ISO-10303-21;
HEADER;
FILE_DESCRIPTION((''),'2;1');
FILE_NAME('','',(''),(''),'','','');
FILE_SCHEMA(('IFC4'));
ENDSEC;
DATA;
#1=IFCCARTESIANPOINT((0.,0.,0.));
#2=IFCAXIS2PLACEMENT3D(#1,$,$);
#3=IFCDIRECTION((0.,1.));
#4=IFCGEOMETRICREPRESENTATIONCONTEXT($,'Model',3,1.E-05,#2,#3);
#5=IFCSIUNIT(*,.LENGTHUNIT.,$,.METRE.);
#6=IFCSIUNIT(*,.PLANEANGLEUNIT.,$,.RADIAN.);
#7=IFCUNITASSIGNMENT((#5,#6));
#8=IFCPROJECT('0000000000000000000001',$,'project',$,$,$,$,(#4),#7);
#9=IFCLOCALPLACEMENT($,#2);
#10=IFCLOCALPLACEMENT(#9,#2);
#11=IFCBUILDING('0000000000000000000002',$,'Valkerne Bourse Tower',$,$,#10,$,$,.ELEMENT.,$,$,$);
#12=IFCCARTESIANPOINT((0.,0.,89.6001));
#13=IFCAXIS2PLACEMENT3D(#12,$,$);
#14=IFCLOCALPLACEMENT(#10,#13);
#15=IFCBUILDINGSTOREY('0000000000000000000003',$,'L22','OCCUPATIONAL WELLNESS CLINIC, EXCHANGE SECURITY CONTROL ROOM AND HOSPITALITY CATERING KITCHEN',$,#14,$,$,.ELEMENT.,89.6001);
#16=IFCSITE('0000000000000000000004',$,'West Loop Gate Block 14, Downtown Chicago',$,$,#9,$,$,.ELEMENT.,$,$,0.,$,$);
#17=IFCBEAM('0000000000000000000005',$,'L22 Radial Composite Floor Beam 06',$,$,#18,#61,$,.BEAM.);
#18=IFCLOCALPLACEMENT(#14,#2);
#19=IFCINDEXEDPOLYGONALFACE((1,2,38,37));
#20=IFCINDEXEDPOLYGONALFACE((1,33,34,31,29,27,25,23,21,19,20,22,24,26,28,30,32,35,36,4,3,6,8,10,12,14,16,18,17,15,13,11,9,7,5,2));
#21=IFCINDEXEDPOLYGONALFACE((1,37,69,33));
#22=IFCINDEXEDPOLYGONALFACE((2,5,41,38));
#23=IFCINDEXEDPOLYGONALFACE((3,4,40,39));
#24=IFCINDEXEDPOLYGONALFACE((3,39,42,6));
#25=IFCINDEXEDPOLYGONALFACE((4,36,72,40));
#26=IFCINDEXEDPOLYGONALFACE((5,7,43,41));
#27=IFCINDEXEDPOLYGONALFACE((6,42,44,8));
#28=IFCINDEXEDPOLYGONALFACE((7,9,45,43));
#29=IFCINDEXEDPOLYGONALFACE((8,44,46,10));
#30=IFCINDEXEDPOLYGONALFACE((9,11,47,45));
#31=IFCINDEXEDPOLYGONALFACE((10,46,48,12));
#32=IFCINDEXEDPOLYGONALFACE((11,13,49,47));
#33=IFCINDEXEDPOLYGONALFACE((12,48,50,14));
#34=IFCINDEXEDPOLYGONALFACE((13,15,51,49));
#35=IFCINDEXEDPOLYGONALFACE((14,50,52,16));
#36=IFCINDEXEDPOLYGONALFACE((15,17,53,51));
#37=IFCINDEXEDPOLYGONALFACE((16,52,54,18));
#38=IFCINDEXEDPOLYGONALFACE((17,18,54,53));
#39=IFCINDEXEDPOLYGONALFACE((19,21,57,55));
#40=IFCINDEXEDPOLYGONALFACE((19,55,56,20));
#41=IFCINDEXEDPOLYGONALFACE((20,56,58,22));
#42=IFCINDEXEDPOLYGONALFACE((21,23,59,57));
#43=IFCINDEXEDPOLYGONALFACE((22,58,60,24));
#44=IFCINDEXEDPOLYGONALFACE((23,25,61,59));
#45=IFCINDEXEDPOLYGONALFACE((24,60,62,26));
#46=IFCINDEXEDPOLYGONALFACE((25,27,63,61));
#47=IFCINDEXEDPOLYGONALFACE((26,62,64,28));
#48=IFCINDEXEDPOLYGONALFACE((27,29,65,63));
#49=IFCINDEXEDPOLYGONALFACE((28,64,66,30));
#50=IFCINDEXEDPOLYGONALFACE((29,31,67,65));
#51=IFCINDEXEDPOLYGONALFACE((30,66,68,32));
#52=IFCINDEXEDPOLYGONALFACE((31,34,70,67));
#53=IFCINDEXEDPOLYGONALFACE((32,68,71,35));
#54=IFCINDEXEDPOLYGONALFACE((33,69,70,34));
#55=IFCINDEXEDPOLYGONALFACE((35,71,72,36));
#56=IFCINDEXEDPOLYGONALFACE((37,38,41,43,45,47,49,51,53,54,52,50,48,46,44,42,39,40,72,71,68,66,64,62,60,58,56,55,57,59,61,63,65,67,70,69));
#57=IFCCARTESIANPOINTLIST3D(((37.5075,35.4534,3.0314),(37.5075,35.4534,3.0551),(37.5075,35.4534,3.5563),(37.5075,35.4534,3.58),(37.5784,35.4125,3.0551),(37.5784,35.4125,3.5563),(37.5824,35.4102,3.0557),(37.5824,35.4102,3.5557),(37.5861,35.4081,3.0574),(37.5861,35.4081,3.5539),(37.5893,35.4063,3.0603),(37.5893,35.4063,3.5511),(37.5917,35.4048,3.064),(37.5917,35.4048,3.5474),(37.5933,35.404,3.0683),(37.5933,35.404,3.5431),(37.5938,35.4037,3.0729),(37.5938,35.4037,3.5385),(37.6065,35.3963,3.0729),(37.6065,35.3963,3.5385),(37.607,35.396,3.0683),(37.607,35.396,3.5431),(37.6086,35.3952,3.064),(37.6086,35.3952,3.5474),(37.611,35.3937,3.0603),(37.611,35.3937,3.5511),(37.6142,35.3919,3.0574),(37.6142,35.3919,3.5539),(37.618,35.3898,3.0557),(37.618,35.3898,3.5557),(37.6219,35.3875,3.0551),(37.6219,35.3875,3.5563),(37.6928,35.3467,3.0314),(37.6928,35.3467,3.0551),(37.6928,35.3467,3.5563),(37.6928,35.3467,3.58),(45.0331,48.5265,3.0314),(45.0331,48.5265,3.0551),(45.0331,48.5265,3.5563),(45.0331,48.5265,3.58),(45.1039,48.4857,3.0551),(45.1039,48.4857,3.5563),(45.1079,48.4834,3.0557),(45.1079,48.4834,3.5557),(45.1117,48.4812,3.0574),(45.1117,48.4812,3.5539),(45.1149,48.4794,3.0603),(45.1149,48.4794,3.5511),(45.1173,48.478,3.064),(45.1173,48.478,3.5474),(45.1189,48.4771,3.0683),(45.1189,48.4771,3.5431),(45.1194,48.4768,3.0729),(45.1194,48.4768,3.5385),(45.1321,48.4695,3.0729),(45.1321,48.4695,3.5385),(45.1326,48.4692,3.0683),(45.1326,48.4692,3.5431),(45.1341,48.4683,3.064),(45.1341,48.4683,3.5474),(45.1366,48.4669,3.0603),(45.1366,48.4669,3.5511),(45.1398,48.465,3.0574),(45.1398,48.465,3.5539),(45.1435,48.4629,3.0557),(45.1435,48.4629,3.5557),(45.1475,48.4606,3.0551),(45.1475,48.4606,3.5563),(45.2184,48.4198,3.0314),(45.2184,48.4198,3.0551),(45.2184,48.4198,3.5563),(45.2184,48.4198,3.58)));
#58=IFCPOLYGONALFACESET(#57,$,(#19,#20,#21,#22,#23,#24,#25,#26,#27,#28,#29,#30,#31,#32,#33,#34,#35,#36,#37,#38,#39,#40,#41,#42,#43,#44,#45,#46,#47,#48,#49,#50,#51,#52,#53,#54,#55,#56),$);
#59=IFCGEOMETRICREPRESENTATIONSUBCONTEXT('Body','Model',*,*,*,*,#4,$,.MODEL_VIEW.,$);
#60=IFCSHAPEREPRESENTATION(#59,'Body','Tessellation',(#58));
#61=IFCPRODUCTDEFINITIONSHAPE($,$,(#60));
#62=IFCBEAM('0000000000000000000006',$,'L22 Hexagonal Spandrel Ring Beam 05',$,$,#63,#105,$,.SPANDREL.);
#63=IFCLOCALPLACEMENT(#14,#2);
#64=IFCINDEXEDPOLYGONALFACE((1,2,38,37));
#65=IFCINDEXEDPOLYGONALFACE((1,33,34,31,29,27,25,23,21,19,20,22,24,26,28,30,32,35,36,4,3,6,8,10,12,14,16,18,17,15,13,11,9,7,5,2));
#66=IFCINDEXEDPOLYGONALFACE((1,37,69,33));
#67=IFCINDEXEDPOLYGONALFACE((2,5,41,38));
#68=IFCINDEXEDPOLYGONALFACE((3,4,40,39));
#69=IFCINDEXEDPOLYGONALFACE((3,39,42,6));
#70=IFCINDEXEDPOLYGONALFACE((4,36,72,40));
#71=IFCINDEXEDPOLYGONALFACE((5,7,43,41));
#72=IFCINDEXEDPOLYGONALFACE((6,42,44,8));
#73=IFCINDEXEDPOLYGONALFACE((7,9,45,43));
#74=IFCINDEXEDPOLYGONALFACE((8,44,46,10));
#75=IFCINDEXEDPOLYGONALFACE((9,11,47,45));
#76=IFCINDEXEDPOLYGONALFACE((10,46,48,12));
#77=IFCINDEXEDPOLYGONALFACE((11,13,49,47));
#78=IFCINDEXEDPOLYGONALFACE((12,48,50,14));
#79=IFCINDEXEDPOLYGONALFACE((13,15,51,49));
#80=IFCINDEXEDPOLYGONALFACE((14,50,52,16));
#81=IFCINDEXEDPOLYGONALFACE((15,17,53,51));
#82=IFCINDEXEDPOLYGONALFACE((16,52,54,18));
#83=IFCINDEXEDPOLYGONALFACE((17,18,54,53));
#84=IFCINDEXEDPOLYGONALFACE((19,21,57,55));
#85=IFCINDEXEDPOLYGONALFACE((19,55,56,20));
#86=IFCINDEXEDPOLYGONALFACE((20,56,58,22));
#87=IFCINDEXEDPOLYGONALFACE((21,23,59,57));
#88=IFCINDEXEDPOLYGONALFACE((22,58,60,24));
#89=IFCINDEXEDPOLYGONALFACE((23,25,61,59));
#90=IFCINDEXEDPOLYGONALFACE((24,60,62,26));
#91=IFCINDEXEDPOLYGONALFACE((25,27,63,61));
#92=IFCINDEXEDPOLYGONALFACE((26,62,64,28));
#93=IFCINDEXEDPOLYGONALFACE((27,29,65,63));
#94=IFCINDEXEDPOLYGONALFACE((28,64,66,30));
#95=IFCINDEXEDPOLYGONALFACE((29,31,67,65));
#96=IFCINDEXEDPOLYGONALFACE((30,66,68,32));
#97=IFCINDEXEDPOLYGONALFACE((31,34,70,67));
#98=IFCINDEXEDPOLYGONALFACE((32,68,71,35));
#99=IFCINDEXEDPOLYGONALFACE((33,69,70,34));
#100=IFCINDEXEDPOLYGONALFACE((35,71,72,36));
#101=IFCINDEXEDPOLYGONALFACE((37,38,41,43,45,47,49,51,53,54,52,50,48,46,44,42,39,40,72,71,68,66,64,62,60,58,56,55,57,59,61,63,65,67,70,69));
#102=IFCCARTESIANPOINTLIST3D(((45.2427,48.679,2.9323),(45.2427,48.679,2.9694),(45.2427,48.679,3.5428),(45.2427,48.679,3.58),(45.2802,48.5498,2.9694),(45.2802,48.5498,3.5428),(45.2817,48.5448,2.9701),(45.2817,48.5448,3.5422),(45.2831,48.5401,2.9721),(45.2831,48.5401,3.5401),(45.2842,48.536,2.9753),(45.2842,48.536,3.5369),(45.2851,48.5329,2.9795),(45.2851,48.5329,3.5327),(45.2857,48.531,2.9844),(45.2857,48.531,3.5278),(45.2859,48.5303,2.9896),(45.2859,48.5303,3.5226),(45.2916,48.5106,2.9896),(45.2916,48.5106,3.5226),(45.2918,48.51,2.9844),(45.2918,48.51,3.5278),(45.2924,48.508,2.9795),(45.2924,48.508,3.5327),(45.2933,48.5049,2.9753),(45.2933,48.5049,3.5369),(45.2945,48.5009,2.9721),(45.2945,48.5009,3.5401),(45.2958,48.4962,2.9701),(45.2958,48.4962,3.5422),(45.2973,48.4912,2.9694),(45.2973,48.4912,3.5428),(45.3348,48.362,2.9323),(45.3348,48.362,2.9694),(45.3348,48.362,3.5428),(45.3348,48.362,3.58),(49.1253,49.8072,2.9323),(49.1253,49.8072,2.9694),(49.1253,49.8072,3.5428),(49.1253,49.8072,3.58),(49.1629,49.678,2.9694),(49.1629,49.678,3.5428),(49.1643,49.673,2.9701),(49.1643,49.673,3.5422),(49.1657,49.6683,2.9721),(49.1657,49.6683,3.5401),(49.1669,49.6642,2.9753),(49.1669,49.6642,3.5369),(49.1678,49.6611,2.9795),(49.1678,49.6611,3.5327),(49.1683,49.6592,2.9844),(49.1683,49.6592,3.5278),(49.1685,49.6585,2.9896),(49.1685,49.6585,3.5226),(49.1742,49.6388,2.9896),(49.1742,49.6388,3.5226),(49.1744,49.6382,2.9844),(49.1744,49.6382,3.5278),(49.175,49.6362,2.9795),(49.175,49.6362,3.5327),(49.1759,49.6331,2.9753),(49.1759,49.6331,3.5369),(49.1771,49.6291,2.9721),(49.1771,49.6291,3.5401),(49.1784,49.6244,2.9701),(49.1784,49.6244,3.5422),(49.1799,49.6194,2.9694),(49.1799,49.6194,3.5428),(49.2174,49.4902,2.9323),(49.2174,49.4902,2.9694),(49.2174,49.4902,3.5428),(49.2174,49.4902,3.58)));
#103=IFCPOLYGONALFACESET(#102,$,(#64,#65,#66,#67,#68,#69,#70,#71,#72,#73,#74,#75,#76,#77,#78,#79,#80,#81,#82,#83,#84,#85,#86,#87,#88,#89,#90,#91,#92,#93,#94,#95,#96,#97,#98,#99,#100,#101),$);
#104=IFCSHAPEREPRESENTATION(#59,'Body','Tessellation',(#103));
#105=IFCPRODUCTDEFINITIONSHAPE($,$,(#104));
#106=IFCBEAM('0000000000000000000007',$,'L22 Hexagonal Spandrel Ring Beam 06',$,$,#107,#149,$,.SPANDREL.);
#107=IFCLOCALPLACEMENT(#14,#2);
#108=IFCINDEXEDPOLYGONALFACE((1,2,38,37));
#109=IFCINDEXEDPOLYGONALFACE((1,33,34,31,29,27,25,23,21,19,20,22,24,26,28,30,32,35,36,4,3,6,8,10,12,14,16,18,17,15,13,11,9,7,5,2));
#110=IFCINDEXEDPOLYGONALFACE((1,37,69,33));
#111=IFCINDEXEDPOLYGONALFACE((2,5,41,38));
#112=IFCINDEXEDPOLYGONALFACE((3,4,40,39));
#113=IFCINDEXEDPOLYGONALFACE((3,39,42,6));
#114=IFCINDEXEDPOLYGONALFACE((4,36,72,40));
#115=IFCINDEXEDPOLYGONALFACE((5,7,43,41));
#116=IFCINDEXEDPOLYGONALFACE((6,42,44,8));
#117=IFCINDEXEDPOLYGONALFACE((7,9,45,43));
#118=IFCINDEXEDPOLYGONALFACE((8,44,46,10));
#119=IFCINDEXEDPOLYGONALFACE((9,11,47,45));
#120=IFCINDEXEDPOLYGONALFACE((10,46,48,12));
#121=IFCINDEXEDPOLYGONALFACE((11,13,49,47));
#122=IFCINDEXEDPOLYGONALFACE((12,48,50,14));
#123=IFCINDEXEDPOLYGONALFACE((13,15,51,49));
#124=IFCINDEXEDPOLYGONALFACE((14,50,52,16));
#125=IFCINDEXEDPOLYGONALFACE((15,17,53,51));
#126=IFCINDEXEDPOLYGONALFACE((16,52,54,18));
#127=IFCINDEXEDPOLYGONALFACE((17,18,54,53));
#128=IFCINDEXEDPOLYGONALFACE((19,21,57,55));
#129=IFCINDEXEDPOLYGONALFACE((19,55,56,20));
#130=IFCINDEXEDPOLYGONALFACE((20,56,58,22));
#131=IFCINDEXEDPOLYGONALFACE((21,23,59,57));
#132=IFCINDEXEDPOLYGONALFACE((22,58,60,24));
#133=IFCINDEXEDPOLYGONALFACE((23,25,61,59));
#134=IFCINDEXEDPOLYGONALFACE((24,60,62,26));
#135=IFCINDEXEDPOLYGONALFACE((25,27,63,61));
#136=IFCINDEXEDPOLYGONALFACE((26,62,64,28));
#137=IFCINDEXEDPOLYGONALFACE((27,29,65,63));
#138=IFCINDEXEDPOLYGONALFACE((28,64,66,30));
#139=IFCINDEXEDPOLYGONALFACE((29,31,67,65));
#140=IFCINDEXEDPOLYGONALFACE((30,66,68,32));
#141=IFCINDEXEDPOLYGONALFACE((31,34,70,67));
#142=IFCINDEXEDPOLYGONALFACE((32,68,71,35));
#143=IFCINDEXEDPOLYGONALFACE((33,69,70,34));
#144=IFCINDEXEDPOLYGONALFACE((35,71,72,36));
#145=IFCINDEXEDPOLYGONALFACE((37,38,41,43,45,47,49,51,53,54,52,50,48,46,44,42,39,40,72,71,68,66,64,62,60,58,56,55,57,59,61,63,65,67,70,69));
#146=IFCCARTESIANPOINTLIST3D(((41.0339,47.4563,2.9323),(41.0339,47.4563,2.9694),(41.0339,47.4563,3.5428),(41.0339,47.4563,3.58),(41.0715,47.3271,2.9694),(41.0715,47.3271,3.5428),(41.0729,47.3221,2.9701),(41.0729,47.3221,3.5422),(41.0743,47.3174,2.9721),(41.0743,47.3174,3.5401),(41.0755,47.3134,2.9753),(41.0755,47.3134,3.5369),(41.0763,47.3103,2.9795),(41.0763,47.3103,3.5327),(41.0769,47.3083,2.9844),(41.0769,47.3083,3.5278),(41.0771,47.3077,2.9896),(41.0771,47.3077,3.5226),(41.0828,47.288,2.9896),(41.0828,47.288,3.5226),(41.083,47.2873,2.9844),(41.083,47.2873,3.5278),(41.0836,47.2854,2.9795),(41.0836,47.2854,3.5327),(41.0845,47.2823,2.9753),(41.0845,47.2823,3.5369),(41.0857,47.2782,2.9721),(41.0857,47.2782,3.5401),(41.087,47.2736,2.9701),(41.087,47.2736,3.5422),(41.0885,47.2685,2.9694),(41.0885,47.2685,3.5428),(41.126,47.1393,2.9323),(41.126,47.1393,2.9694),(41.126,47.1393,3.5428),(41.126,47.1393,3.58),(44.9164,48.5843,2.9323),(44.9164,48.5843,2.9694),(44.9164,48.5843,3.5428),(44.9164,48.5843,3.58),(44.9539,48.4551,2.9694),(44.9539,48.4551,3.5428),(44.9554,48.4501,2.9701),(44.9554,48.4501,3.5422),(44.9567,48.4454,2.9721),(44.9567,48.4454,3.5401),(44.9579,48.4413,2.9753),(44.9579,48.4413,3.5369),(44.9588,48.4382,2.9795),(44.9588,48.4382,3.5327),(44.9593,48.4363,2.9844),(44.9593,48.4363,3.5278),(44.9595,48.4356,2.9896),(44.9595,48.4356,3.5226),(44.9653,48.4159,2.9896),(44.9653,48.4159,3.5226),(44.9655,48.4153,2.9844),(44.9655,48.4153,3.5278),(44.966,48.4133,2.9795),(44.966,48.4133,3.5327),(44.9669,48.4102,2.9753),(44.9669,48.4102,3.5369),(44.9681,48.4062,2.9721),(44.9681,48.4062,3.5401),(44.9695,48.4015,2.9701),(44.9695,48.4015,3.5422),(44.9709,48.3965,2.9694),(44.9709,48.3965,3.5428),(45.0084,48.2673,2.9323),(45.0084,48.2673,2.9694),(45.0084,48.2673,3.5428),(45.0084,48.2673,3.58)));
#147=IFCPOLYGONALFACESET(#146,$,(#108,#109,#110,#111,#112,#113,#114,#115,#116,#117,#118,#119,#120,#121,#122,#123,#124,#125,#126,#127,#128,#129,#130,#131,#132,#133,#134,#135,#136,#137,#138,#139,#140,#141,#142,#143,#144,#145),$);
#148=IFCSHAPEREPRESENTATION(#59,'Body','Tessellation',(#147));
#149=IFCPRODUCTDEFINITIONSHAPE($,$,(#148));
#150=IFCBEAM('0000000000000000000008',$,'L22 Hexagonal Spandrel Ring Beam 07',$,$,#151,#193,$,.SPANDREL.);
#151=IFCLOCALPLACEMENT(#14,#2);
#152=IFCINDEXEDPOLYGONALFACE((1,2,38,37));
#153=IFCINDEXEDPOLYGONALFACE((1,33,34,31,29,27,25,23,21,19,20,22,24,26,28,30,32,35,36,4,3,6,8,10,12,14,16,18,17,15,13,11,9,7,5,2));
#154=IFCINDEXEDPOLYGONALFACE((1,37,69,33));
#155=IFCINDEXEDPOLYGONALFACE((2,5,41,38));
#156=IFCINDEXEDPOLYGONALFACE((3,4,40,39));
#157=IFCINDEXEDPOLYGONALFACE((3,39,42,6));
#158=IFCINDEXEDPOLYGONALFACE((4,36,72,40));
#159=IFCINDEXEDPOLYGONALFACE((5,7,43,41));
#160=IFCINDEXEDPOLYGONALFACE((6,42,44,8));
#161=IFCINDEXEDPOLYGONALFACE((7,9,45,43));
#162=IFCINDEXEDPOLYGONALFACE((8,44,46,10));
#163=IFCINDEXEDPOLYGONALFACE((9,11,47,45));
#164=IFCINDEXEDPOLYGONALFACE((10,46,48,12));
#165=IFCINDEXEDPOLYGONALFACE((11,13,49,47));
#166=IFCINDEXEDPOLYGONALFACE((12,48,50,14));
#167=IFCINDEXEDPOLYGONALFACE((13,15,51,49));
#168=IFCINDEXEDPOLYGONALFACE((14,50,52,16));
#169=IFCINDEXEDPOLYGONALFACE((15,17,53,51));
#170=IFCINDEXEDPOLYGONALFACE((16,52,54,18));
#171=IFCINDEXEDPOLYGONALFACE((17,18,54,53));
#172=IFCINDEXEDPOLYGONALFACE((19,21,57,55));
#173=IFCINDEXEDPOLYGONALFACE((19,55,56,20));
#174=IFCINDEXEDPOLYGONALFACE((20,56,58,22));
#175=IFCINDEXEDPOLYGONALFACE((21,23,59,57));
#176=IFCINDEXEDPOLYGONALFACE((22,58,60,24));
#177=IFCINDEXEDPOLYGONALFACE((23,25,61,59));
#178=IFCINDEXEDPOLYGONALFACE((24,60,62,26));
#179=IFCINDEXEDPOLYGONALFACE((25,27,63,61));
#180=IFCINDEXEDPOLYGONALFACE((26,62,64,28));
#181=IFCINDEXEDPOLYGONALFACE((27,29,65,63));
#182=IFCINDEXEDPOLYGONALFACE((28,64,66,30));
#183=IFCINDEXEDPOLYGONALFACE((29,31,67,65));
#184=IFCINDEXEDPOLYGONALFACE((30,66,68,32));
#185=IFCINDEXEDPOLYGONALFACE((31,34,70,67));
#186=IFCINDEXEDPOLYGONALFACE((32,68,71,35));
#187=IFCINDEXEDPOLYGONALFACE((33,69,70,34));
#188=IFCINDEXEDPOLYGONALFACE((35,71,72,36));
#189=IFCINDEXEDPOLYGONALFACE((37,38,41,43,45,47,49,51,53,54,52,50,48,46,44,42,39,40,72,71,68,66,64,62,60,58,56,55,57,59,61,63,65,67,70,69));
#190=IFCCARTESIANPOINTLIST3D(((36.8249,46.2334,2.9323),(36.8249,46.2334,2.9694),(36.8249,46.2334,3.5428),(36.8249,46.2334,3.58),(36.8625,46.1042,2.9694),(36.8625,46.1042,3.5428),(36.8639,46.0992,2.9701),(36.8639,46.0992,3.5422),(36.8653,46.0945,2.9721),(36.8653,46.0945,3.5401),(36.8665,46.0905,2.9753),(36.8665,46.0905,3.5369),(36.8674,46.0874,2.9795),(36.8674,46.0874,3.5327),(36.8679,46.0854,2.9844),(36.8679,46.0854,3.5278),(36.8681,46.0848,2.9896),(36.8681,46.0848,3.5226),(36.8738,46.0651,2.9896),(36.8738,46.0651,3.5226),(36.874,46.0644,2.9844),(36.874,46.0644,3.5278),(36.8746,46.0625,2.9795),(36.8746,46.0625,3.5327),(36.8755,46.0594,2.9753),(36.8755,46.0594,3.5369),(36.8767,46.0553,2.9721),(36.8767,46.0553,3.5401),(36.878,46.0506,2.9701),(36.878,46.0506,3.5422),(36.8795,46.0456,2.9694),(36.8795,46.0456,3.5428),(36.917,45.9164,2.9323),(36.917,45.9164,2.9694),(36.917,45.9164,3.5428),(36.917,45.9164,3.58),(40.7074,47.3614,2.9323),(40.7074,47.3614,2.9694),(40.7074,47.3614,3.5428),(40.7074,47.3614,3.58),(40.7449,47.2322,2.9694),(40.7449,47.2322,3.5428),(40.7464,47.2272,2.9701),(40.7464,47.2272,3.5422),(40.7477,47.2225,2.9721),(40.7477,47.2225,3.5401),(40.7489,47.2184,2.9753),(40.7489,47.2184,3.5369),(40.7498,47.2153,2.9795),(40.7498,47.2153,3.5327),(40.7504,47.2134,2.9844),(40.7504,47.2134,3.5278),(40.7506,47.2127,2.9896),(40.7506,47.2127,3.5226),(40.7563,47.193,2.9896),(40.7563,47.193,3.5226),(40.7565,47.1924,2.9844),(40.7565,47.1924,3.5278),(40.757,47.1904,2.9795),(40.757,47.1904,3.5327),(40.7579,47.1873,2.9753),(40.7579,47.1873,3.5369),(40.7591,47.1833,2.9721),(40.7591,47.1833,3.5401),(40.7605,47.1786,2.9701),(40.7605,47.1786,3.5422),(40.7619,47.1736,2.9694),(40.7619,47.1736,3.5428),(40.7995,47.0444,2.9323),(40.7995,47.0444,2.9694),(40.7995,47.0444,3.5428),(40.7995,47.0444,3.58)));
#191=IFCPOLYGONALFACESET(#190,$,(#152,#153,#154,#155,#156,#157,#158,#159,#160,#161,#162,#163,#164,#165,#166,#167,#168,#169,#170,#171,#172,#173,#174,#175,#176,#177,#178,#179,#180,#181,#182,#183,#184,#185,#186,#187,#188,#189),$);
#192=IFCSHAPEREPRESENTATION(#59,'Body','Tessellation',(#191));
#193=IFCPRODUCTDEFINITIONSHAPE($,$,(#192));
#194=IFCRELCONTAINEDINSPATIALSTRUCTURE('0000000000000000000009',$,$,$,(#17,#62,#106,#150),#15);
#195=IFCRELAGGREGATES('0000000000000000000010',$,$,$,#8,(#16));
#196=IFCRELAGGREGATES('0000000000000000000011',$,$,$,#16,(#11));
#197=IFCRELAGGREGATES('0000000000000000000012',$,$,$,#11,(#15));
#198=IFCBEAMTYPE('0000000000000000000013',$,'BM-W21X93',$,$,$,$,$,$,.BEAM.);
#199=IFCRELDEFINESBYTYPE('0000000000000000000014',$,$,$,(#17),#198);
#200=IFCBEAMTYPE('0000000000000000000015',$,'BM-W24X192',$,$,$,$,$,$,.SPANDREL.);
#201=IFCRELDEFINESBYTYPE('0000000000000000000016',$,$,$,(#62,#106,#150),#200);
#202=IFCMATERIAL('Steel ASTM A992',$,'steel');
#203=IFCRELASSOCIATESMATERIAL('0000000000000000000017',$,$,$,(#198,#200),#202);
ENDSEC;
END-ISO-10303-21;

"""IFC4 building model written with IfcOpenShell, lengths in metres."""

from ifc_helpers import new_model, si_unit, direction, frame, origin, origin_2d, place, context, subcontext, project, spatial, i_section, extrude, material, material_profile, profile_set, type_object, element, save


model = new_model("IFC4")

# Units and contexts
model_context = context("Model", 3, precision=1e-05, world=origin(), true_north=direction((0.0, 1.0)))
body_context = subcontext(model_context, "Body", "Model", "MODEL_VIEW")
ifc_project = project(units=[si_unit("LENGTHUNIT", "METRE"), si_unit("PLANEANGLEUNIT", "RADIAN")], contexts=[model_context])

# Site, building, storey
site_placement = place(None, origin())
site = spatial("IfcSite", under=ifc_project, at=site_placement, Name="West Loop Gate Block 14, Downtown Chicago", CompositionType="ELEMENT", RefElevation=0.0)
building_placement = place(site_placement, origin())
building = spatial("IfcBuilding", under=site, at=building_placement, Name="Valkerne Bourse Tower", CompositionType="ELEMENT")
storey_placement = place(building_placement, frame((0.0, 0.0, 89.6001)))
storey = spatial("IfcBuildingStorey", under=building, at=storey_placement, Name="L22", Description="OCCUPATIONAL WELLNESS CLINIC, EXCHANGE SECURITY CONTROL ROOM AND HOSPITALITY CATERING KITCHEN", CompositionType="ELEMENT", Elevation=89.6001)

# Beams
ifc_material_1 = material(Name="Steel ASTM A992", Category="steel")
ifc_material_profile_1 = material_profile(ifc_material_1, i_section(OverallWidth=0.2139, OverallDepth=0.5486, WebThickness=0.0146, FlangeThickness=0.0237, FilletRadius=0.0178, at=origin_2d()), Name="W21X93")
ifc_profile_set_1 = profile_set([ifc_material_profile_1], Name="Steel ASTM A992")
beam_type_1 = type_object("IfcBeamType", Name="BM-W21X93", PredefinedType="BEAM", material=ifc_profile_set_1)
beam_1_placement = place(storey_placement, frame((45.1257, 48.4731, 3.3057), z_axis=(-0.498896, -0.866662, 0.0), x_axis=(0.866662, -0.498896, 0.0)))
element("IfcBeam", 1, at=beam_1_placement, inside=storey, type_object=beam_type_1, Name="L22 Radial Composite Floor Beam 06", PredefinedType="BEAM", context=body_context, shape_type="SweptSolid", body=[
    extrude(i_section(OverallWidth=0.2139, OverallDepth=0.5486, WebThickness=0.0146, FlangeThickness=0.0237, FilletRadius=0.0178, at=origin_2d()), origin(), (0.0, 0.0, 1.0), 15.0845),
])
ifc_material_profile_2 = material_profile(ifc_material_1, i_section(OverallWidth=0.3301, OverallDepth=0.6477, WebThickness=0.0205, FlangeThickness=0.0371, FilletRadius=0.0203, at=origin_2d()), Name="W24X192")
ifc_profile_set_2 = profile_set([ifc_material_profile_2], Name="Steel ASTM A992")
beam_type_2 = type_object("IfcBeamType", Name="BM-W24X192", PredefinedType="SPANDREL", material=ifc_profile_set_2)
beam_2_placement = place(storey_placement, frame((49.1714, 49.6487, 3.2561), z_axis=(-0.960282, -0.279033, 0.0), x_axis=(0.279033, -0.960282, 0.0)))
element("IfcBeam", 2, at=beam_2_placement, inside=storey, type_object=beam_type_2, Name="L22 Hexagonal Spandrel Ring Beam 05", PredefinedType="SPANDREL", context=body_context, shape_type="SweptSolid", body=[
    extrude(i_section(OverallWidth=0.3301, OverallDepth=0.6477, WebThickness=0.0205, FlangeThickness=0.0371, FilletRadius=0.0203, at=origin_2d()), origin(), (0.0, 0.0, 1.0), 4.0432),
])
for number, where, z_axis, x_axis, name in (
    (3, (44.9624, 48.4258, 3.2561), (-0.960293, -0.278993, 0.0), (0.278993, -0.960293, 0.0), "L22 Hexagonal Spandrel Ring Beam 06"),
    (4, (40.7534, 47.2029, 3.2561), (-0.960293, -0.278993, 0.0), (0.278993, -0.960293, 0.0), "L22 Hexagonal Spandrel Ring Beam 07"),
):
    element("IfcBeam", number, at=place(storey_placement, frame(where, z_axis=z_axis, x_axis=x_axis)), inside=storey, type_object=beam_type_2, Name=name, PredefinedType="SPANDREL", context=body_context, shape_type="SweptSolid", body=[
        extrude(i_section(OverallWidth=0.3301, OverallDepth=0.6477, WebThickness=0.0205, FlangeThickness=0.0371, FilletRadius=0.0203, at=origin_2d()), origin(), (0.0, 0.0, 1.0), 4.043),
    ])

save(model, "model.ifc")
